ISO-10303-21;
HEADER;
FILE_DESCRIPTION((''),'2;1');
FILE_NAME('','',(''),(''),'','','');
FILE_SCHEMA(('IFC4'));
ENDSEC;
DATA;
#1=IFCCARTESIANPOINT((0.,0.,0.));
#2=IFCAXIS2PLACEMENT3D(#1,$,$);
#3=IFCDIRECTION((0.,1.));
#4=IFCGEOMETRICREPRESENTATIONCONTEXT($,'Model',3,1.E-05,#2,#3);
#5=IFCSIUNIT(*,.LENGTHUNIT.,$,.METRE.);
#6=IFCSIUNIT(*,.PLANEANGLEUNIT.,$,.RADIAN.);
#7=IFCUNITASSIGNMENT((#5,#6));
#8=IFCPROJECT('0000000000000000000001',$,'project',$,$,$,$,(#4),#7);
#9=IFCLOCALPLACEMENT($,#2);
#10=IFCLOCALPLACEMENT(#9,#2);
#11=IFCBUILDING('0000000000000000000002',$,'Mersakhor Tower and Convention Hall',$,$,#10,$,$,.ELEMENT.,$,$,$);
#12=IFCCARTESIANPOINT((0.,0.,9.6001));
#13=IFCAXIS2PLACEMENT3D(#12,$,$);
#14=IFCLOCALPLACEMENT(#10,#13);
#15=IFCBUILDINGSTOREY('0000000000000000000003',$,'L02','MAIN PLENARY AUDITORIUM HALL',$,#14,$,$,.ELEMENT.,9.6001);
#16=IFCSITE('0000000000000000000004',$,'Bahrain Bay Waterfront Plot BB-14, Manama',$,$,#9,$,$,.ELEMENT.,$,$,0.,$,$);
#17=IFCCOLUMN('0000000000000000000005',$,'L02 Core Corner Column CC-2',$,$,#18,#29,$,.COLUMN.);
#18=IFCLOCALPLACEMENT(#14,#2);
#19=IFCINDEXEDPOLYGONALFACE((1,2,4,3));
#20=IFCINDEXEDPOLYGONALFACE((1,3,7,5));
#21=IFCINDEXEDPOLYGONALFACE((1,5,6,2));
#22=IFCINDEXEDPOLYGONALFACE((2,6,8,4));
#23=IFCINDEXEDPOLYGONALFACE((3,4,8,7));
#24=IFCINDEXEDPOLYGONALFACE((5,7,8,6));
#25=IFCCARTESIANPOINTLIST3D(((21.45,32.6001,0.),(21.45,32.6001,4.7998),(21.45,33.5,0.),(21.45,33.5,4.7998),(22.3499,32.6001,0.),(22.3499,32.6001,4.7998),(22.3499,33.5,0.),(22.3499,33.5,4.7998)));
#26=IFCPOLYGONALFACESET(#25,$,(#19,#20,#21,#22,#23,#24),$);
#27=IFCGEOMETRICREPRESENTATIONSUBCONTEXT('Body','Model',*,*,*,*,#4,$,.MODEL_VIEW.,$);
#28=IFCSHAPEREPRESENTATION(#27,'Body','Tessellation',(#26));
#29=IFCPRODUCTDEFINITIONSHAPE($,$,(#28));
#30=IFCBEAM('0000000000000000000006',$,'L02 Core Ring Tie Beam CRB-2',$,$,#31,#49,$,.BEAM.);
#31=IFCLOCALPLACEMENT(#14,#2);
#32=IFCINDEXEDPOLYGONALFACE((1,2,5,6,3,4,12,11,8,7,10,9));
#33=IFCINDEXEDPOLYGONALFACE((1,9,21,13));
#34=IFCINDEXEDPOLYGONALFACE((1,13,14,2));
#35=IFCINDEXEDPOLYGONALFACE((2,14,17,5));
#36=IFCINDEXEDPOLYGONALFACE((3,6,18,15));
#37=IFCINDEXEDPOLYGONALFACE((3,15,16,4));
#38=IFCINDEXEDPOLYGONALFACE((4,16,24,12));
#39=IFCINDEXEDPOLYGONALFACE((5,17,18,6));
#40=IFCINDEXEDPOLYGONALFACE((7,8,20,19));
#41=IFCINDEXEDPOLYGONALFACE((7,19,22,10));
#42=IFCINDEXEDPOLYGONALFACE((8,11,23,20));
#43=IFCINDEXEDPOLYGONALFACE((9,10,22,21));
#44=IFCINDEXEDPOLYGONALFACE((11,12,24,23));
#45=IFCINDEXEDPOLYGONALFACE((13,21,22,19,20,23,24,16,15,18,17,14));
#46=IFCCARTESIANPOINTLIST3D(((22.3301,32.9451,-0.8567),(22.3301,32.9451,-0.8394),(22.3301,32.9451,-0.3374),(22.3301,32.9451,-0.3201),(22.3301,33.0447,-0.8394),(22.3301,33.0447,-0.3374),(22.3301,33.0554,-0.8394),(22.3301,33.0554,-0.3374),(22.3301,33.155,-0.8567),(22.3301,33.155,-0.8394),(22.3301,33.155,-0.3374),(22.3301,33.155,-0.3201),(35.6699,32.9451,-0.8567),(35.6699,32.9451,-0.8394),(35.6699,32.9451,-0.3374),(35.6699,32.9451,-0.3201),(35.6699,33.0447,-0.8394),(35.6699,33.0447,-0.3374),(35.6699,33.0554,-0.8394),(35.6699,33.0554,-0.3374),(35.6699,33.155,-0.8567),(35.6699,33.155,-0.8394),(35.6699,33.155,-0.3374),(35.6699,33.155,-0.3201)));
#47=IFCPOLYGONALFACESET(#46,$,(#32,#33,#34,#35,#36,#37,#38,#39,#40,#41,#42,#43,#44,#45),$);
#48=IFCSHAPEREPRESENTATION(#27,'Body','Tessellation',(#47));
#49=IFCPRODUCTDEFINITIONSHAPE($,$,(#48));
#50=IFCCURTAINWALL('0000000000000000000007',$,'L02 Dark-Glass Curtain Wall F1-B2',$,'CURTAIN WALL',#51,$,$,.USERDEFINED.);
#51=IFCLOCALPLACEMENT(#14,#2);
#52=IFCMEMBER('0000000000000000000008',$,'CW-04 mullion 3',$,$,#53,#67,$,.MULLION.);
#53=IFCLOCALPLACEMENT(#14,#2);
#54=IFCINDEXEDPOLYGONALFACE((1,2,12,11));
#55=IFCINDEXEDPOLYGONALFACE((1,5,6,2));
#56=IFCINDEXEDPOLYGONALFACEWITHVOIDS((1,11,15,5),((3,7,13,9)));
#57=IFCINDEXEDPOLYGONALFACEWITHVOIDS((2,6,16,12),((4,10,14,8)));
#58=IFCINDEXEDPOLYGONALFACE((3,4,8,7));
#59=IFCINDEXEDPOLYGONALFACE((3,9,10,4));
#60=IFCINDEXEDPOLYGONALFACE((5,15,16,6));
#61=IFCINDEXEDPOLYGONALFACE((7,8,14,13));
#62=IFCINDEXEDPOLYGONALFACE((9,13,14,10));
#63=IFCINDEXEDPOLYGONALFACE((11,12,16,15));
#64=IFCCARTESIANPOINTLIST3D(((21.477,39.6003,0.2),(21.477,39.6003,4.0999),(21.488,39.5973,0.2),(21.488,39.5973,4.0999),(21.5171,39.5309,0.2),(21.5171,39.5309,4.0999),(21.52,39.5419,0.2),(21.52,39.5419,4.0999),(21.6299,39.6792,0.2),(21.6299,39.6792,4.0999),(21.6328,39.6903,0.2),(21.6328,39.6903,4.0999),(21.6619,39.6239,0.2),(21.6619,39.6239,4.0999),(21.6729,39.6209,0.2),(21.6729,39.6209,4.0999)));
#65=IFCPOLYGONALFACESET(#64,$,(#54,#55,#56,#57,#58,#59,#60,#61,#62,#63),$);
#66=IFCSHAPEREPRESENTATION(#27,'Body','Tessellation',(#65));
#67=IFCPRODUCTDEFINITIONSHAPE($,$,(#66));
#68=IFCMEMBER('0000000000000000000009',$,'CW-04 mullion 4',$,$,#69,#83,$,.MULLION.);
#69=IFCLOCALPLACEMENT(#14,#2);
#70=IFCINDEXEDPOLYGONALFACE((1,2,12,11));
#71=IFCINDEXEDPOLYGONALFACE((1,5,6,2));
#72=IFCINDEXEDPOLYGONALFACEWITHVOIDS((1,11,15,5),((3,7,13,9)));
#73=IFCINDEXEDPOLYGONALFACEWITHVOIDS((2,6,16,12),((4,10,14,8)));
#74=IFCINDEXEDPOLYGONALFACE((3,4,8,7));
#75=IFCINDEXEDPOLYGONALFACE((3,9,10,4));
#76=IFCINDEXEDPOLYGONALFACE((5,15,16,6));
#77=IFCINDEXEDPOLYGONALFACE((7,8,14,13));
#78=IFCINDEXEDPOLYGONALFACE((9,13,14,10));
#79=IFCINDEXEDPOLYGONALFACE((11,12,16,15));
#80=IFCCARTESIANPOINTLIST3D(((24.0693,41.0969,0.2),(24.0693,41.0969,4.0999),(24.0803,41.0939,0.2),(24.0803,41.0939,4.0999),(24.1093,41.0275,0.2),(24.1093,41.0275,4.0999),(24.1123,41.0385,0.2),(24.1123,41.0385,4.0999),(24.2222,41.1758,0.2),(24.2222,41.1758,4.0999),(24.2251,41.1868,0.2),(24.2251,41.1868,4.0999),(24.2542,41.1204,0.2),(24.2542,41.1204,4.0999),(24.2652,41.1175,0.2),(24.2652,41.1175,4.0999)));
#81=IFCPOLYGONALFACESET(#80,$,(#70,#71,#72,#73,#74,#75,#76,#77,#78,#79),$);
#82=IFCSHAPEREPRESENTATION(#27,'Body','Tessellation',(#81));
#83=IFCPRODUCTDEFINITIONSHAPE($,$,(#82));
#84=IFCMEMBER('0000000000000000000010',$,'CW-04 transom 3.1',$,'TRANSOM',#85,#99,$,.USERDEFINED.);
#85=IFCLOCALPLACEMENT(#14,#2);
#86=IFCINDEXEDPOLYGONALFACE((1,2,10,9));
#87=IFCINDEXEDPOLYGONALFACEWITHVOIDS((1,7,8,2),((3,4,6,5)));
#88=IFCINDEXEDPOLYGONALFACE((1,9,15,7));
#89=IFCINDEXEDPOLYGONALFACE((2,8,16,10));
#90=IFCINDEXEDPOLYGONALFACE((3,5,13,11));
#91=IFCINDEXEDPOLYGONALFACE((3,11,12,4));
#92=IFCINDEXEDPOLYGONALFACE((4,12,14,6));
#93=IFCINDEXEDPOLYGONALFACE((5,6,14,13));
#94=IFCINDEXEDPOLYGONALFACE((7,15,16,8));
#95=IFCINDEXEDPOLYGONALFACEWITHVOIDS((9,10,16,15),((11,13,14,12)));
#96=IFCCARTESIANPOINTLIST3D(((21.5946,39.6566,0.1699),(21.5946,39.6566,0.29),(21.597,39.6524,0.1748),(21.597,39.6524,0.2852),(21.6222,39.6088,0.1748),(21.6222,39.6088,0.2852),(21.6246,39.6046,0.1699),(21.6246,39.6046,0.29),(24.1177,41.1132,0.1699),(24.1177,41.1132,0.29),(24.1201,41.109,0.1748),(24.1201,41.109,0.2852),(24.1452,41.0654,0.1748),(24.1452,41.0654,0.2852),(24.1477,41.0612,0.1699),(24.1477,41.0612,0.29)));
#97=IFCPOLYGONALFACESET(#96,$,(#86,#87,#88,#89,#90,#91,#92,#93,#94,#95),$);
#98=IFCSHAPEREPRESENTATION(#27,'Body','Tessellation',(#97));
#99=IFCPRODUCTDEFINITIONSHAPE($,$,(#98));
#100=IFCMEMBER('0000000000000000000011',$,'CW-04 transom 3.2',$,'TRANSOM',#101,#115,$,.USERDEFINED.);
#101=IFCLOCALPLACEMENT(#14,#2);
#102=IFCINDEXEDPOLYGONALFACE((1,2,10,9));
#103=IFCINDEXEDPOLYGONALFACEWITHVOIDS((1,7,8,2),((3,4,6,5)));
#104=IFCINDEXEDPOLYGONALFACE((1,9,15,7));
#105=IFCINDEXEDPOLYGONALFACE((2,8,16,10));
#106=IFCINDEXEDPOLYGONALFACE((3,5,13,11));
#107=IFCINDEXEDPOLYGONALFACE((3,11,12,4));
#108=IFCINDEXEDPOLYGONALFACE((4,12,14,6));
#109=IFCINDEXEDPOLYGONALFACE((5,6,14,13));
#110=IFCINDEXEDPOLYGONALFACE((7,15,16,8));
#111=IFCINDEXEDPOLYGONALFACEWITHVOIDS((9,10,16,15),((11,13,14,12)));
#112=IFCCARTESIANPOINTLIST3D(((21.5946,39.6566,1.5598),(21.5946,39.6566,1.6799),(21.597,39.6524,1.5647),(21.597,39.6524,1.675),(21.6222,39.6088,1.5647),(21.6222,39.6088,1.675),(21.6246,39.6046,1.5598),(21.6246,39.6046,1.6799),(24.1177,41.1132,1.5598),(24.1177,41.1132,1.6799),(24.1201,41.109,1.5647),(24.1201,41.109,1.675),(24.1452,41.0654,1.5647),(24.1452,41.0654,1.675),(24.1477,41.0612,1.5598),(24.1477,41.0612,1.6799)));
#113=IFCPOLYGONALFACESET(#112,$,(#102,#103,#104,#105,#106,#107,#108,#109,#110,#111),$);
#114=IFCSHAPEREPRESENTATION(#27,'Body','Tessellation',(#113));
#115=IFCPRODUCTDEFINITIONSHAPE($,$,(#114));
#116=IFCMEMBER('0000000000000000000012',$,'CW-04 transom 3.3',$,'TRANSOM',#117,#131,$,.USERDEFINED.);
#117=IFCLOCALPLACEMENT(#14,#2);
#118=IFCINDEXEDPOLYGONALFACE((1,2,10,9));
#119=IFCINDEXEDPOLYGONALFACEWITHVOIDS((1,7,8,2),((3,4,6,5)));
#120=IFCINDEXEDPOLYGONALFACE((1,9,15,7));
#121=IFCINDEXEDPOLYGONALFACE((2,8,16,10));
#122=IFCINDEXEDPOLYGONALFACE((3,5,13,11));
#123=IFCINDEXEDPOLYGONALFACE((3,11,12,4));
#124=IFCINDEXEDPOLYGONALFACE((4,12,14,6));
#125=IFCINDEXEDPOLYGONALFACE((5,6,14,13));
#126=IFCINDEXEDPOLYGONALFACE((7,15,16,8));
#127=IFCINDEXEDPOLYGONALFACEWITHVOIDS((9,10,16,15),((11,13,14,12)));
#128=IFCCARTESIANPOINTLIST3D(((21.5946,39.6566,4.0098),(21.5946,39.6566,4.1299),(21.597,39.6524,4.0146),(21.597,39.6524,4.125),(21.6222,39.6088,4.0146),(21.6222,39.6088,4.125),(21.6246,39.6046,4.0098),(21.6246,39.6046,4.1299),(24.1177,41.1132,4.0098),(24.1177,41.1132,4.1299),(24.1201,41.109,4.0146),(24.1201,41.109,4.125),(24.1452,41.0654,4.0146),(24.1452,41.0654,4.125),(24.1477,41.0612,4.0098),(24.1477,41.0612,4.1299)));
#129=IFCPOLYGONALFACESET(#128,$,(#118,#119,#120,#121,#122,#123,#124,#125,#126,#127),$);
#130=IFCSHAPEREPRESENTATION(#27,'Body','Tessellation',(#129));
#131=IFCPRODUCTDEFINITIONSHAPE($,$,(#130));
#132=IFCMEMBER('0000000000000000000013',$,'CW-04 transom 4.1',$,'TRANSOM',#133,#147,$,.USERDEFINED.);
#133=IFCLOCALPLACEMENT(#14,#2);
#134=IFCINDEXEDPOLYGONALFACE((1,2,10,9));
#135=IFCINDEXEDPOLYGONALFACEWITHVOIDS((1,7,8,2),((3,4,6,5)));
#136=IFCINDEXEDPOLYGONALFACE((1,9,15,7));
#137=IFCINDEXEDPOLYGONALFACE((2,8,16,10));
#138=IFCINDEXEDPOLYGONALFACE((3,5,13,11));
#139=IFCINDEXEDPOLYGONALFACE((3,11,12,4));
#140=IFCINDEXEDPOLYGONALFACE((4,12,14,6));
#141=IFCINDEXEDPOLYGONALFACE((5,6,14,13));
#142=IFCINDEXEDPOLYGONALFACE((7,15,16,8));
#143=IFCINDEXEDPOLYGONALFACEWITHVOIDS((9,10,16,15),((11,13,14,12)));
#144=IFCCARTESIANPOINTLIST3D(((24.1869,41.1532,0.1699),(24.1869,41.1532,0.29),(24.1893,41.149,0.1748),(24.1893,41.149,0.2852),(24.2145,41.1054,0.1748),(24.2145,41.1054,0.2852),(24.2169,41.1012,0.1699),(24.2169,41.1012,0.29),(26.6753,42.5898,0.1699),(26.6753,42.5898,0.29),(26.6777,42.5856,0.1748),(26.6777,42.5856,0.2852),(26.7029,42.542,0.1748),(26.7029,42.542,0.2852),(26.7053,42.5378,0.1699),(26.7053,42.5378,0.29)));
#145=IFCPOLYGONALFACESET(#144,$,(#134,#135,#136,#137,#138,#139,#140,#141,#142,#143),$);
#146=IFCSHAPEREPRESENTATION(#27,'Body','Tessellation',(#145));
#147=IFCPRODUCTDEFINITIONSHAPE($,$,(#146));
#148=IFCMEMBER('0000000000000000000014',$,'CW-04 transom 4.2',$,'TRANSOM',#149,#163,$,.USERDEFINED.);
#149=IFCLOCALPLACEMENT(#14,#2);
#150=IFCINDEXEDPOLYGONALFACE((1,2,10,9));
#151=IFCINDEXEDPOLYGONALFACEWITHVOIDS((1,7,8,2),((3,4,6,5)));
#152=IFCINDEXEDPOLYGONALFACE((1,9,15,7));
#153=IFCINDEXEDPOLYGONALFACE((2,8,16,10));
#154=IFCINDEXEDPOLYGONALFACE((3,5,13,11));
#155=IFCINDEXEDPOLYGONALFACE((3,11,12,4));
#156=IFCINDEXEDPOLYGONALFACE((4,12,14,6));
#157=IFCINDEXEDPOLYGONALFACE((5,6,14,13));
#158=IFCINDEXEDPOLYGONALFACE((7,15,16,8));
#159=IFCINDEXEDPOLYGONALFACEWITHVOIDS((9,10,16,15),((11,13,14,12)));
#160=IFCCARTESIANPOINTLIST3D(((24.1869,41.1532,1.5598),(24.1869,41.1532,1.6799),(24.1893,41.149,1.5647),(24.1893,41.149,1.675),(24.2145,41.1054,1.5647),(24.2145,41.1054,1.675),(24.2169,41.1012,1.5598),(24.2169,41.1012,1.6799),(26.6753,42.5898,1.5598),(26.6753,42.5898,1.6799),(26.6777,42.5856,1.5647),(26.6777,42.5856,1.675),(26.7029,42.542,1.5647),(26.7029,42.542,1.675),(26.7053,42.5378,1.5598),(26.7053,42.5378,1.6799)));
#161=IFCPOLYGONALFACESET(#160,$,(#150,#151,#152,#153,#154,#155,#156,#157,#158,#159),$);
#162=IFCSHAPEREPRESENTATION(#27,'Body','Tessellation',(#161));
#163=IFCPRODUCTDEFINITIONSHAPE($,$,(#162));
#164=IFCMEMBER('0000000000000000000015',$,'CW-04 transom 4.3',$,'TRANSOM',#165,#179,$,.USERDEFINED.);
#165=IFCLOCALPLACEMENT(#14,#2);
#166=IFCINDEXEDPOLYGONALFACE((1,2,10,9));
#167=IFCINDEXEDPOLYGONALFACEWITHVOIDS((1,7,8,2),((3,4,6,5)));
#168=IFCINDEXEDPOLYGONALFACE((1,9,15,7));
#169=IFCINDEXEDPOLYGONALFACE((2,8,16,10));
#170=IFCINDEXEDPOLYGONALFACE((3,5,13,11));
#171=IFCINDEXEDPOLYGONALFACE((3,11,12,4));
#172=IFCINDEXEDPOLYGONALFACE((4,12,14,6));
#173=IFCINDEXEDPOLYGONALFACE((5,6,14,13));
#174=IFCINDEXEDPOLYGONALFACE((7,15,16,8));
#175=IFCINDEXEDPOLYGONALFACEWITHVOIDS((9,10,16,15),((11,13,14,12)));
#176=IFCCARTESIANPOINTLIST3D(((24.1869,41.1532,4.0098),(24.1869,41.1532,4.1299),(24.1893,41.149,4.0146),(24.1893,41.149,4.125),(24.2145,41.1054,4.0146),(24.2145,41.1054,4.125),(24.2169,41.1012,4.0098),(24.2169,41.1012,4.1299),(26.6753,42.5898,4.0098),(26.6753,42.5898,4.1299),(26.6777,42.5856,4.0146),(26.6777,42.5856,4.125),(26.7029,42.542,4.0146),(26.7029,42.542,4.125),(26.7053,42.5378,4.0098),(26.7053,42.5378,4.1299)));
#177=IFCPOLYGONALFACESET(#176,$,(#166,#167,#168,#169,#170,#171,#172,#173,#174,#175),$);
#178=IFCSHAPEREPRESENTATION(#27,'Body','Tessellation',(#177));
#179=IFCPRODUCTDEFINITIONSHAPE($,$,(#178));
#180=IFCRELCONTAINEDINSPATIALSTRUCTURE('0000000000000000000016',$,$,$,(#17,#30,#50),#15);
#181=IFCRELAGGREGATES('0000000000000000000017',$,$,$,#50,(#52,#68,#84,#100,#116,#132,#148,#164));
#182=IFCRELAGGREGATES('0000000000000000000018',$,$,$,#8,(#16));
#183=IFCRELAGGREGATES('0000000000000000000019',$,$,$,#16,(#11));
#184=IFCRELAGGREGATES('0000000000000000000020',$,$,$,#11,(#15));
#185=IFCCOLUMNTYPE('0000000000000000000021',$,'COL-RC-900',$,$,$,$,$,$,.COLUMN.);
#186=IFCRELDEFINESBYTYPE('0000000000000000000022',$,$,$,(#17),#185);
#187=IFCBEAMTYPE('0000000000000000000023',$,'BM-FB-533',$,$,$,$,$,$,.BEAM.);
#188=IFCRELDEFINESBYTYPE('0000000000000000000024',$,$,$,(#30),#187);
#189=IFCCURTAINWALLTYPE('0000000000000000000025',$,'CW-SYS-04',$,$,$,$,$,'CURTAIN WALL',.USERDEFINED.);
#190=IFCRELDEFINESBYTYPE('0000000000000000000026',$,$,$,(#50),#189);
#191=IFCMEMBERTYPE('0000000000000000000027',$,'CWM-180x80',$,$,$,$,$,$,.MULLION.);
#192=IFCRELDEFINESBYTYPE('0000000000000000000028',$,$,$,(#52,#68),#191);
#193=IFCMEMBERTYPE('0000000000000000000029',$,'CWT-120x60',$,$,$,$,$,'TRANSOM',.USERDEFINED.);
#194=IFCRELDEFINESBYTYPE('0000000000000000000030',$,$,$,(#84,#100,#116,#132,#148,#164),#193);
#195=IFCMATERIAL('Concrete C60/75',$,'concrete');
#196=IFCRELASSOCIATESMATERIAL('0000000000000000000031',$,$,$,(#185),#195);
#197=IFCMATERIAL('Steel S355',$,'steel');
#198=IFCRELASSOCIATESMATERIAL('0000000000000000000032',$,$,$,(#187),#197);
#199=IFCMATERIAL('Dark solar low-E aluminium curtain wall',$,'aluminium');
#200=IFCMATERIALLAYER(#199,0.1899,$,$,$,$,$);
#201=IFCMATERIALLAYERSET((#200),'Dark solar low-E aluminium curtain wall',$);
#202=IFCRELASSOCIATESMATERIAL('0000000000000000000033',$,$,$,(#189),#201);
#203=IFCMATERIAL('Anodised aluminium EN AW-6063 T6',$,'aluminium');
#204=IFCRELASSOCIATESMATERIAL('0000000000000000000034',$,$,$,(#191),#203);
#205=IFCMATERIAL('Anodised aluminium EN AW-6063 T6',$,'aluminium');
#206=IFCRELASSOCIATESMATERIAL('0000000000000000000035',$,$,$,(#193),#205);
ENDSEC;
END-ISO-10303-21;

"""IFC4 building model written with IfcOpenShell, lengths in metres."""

from ifc_helpers import new_model, si_unit, direction, frame, origin, origin_2d, place, context, subcontext, project, spatial, rectangle, hollow_rectangle, i_section, extrude, material, layer, layer_set, material_profile, profile_set, type_object, element, aggregate, save


model = new_model("IFC4")

# Units and contexts
model_context = context("Model", 3, precision=1e-05, world=origin(), true_north=direction((0.0, 1.0)))
body_context = subcontext(model_context, "Body", "Model", "MODEL_VIEW")
ifc_project = project(units=[si_unit("LENGTHUNIT", "METRE"), si_unit("PLANEANGLEUNIT", "RADIAN")], contexts=[model_context])

# Site, building, storey
site_placement = place(None, origin())
site = spatial("IfcSite", under=ifc_project, at=site_placement, Name="Bahrain Bay Waterfront Plot BB-14, Manama", CompositionType="ELEMENT", RefElevation=0.0)
building_placement = place(site_placement, origin())
building = spatial("IfcBuilding", under=site, at=building_placement, Name="Mersakhor Tower and Convention Hall", CompositionType="ELEMENT")
storey_placement = place(building_placement, frame((0.0, 0.0, 9.6001)))
storey = spatial("IfcBuildingStorey", under=building, at=storey_placement, Name="L02", Description="MAIN PLENARY AUDITORIUM HALL", CompositionType="ELEMENT", Elevation=9.6001)

# Column
ifc_material_1 = material(Name="Concrete C60/75", Category="concrete")
ifc_material_profile_1 = material_profile(ifc_material_1, rectangle(XDim=0.8999, YDim=0.8999, at=origin_2d()), Name="RC 900x900")
ifc_profile_set_1 = profile_set([ifc_material_profile_1], Name="Concrete C60/75")
column_type = type_object("IfcColumnType", Name="COL-RC-900", PredefinedType="COLUMN", material=ifc_profile_set_1)
column_placement = place(storey_placement, frame((21.8999, 33.05, 0.0), z_axis=(0.0, 0.0, 1.0), x_axis=(1.0, 0.0, 0.0)))
element("IfcColumn", 1, at=column_placement, inside=storey, type_object=column_type, Name="L02 Core Corner Column CC-2", PredefinedType="COLUMN", context=body_context, shape_type="SweptSolid", body=[
    extrude(rectangle(XDim=0.8999, YDim=0.8999, at=origin_2d()), origin(), (0.0, 0.0, 1.0), 4.7998),
])

# Beam
ifc_material_2 = material(Name="Steel S355", Category="steel")
ifc_material_profile_2 = material_profile(ifc_material_2, i_section(OverallWidth=0.21, OverallDepth=0.5366, WebThickness=0.0107, FlangeThickness=0.0173, at=origin_2d()), Name="UB 533x210x101")
ifc_profile_set_2 = profile_set([ifc_material_profile_2], Name="Steel S355")
beam_type = type_object("IfcBeamType", Name="BM-FB-533", PredefinedType="BEAM", material=ifc_profile_set_2)
beam_placement = place(storey_placement, frame((22.3301, 33.05, -0.5884), z_axis=(1.0, 0.0, 0.0), x_axis=(0.0, 1.0, 0.0)))
element("IfcBeam", 2, at=beam_placement, inside=storey, type_object=beam_type, Name="L02 Core Ring Tie Beam CRB-2", PredefinedType="BEAM", context=body_context, shape_type="SweptSolid", body=[
    extrude(i_section(OverallWidth=0.21, OverallDepth=0.5366, WebThickness=0.0107, FlangeThickness=0.0173, at=origin_2d()), origin(), (0.0, 0.0, 1.0), 13.3398),
])

# Curtain wall, members
ifc_material_3 = material(Name="Dark solar low-E aluminium curtain wall", Category="aluminium")
ifc_layer_1 = layer(ifc_material_3, 0.1899)
ifc_layer_set_1 = layer_set([ifc_layer_1], Name="Dark solar low-E aluminium curtain wall")
curtain_wall_type = type_object("IfcCurtainWallType", Name="CW-SYS-04", ElementType="CURTAIN WALL", PredefinedType="USERDEFINED", material=ifc_layer_set_1)
curtain_wall_placement = place(storey_placement, origin())
curtain_wall = element("IfcCurtainWall", 3, at=curtain_wall_placement, inside=storey, type_object=curtain_wall_type, Name="L02 Dark-Glass Curtain Wall F1-B2", ObjectType="CURTAIN WALL", PredefinedType="USERDEFINED")
ifc_material_4 = material(Name="Anodised aluminium EN AW-6063 T6", Category="aluminium")
ifc_material_profile_3 = material_profile(ifc_material_4, hollow_rectangle(XDim=0.0801, YDim=0.1799, WallThickness=0.0081, at=origin_2d()), Name="RHS 180x80x8")
ifc_profile_set_3 = profile_set([ifc_material_profile_3], Name="Anodised aluminium EN AW-6063 T6")
member_type_1 = type_object("IfcMemberType", Name="CWM-180x80", PredefinedType="MULLION", material=ifc_profile_set_3)
member_1_placement = place(storey_placement, frame((21.575, 39.6106, 0.2), z_axis=(0.0, 0.0, 1.0), x_axis=(-0.500003, 0.866023, 0.0)))
member_1 = element("IfcMember", 4, at=member_1_placement, type_object=member_type_1, Name="CW-04 mullion 3", PredefinedType="MULLION", context=body_context, shape_type="SweptSolid", body=[
    extrude(hollow_rectangle(XDim=0.0801, YDim=0.1799, WallThickness=0.0081, at=origin_2d()), origin(), (0.0, 0.0, 1.0), 3.8999),
])
member_2_placement = place(storey_placement, frame((24.1672, 41.1072, 0.2), z_axis=(0.0, 0.0, 1.0), x_axis=(-0.500003, 0.866023, 0.0)))
member_2 = element("IfcMember", 5, at=member_2_placement, type_object=member_type_1, Name="CW-04 mullion 4", PredefinedType="MULLION", context=body_context, shape_type="SweptSolid", body=[
    extrude(hollow_rectangle(XDim=0.0801, YDim=0.1799, WallThickness=0.0081, at=origin_2d()), origin(), (0.0, 0.0, 1.0), 3.8999),
])
ifc_material_5 = material(Name="Anodised aluminium EN AW-6063 T6", Category="aluminium")
ifc_material_profile_4 = material_profile(ifc_material_5, hollow_rectangle(XDim=0.0601, YDim=0.1201, WallThickness=0.0049, at=origin_2d()), Name="RHS 120x60x5")
ifc_profile_set_4 = profile_set([ifc_material_profile_4], Name="Anodised aluminium EN AW-6063 T6")
member_type_2 = type_object("IfcMemberType", Name="CWT-120x60", ElementType="TRANSOM", PredefinedType="USERDEFINED", material=ifc_profile_set_4)
member_3_placement = place(storey_placement, frame((21.6096, 39.6306, 0.23), z_axis=(0.866038, 0.499979, 0.0), x_axis=(-0.499979, 0.866038, 0.0)))
member_3 = element("IfcMember", 6, at=member_3_placement, type_object=member_type_2, Name="CW-04 transom 3.1", ObjectType="TRANSOM", PredefinedType="USERDEFINED", context=body_context, shape_type="SweptSolid", body=[
    extrude(hollow_rectangle(XDim=0.0601, YDim=0.1201, WallThickness=0.0049, at=origin_2d()), origin(), (0.0, 0.0, 1.0), 2.9133),
])
member_4_placement = place(storey_placement, frame((21.6096, 39.6306, 1.6199), z_axis=(0.866038, 0.499979, 0.0), x_axis=(-0.499979, 0.866038, 0.0)))
member_4 = element("IfcMember", 7, at=member_4_placement, type_object=member_type_2, Name="CW-04 transom 3.2", ObjectType="TRANSOM", PredefinedType="USERDEFINED", context=body_context, shape_type="SweptSolid", body=[
    extrude(hollow_rectangle(XDim=0.0601, YDim=0.1201, WallThickness=0.0049, at=origin_2d()), origin(), (0.0, 0.0, 1.0), 2.9133),
])
member_5_placement = place(storey_placement, frame((21.6096, 39.6306, 4.0698), z_axis=(0.866038, 0.499979, 0.0), x_axis=(-0.499979, 0.866038, 0.0)))
member_5 = element("IfcMember", 8, at=member_5_placement, type_object=member_type_2, Name="CW-04 transom 3.3", ObjectType="TRANSOM", PredefinedType="USERDEFINED", context=body_context, shape_type="SweptSolid", body=[
    extrude(hollow_rectangle(XDim=0.0601, YDim=0.1201, WallThickness=0.0049, at=origin_2d()), origin(), (0.0, 0.0, 1.0), 2.9133),
])
member_6_placement = place(storey_placement, frame((24.2019, 41.1272, 0.23), z_axis=(0.866038, 0.499977, 0.0), x_axis=(-0.499977, 0.866038, 0.0)))
member_6 = element("IfcMember", 9, at=member_6_placement, type_object=member_type_2, Name="CW-04 transom 4.1", ObjectType="TRANSOM", PredefinedType="USERDEFINED", context=body_context, shape_type="SweptSolid", body=[
    extrude(hollow_rectangle(XDim=0.0601, YDim=0.1201, WallThickness=0.0049, at=origin_2d()), origin(), (0.0, 0.0, 1.0), 2.8733),
])
member_7_placement = place(storey_placement, frame((24.2019, 41.1272, 1.6199), z_axis=(0.866038, 0.499977, 0.0), x_axis=(-0.499977, 0.866038, 0.0)))
member_7 = element("IfcMember", 10, at=member_7_placement, type_object=member_type_2, Name="CW-04 transom 4.2", ObjectType="TRANSOM", PredefinedType="USERDEFINED", context=body_context, shape_type="SweptSolid", body=[
    extrude(hollow_rectangle(XDim=0.0601, YDim=0.1201, WallThickness=0.0049, at=origin_2d()), origin(), (0.0, 0.0, 1.0), 2.8733),
])
member_8_placement = place(storey_placement, frame((24.2019, 41.1272, 4.0698), z_axis=(0.866038, 0.499977, 0.0), x_axis=(-0.499977, 0.866038, 0.0)))
member_8 = element("IfcMember", 11, at=member_8_placement, type_object=member_type_2, Name="CW-04 transom 4.3", ObjectType="TRANSOM", PredefinedType="USERDEFINED", context=body_context, shape_type="SweptSolid", body=[
    extrude(hollow_rectangle(XDim=0.0601, YDim=0.1201, WallThickness=0.0049, at=origin_2d()), origin(), (0.0, 0.0, 1.0), 2.8733),
])
aggregate(curtain_wall, [member_1, member_2, member_3, member_4, member_5, member_6, member_7, member_8])

save(model, "model.ifc")
